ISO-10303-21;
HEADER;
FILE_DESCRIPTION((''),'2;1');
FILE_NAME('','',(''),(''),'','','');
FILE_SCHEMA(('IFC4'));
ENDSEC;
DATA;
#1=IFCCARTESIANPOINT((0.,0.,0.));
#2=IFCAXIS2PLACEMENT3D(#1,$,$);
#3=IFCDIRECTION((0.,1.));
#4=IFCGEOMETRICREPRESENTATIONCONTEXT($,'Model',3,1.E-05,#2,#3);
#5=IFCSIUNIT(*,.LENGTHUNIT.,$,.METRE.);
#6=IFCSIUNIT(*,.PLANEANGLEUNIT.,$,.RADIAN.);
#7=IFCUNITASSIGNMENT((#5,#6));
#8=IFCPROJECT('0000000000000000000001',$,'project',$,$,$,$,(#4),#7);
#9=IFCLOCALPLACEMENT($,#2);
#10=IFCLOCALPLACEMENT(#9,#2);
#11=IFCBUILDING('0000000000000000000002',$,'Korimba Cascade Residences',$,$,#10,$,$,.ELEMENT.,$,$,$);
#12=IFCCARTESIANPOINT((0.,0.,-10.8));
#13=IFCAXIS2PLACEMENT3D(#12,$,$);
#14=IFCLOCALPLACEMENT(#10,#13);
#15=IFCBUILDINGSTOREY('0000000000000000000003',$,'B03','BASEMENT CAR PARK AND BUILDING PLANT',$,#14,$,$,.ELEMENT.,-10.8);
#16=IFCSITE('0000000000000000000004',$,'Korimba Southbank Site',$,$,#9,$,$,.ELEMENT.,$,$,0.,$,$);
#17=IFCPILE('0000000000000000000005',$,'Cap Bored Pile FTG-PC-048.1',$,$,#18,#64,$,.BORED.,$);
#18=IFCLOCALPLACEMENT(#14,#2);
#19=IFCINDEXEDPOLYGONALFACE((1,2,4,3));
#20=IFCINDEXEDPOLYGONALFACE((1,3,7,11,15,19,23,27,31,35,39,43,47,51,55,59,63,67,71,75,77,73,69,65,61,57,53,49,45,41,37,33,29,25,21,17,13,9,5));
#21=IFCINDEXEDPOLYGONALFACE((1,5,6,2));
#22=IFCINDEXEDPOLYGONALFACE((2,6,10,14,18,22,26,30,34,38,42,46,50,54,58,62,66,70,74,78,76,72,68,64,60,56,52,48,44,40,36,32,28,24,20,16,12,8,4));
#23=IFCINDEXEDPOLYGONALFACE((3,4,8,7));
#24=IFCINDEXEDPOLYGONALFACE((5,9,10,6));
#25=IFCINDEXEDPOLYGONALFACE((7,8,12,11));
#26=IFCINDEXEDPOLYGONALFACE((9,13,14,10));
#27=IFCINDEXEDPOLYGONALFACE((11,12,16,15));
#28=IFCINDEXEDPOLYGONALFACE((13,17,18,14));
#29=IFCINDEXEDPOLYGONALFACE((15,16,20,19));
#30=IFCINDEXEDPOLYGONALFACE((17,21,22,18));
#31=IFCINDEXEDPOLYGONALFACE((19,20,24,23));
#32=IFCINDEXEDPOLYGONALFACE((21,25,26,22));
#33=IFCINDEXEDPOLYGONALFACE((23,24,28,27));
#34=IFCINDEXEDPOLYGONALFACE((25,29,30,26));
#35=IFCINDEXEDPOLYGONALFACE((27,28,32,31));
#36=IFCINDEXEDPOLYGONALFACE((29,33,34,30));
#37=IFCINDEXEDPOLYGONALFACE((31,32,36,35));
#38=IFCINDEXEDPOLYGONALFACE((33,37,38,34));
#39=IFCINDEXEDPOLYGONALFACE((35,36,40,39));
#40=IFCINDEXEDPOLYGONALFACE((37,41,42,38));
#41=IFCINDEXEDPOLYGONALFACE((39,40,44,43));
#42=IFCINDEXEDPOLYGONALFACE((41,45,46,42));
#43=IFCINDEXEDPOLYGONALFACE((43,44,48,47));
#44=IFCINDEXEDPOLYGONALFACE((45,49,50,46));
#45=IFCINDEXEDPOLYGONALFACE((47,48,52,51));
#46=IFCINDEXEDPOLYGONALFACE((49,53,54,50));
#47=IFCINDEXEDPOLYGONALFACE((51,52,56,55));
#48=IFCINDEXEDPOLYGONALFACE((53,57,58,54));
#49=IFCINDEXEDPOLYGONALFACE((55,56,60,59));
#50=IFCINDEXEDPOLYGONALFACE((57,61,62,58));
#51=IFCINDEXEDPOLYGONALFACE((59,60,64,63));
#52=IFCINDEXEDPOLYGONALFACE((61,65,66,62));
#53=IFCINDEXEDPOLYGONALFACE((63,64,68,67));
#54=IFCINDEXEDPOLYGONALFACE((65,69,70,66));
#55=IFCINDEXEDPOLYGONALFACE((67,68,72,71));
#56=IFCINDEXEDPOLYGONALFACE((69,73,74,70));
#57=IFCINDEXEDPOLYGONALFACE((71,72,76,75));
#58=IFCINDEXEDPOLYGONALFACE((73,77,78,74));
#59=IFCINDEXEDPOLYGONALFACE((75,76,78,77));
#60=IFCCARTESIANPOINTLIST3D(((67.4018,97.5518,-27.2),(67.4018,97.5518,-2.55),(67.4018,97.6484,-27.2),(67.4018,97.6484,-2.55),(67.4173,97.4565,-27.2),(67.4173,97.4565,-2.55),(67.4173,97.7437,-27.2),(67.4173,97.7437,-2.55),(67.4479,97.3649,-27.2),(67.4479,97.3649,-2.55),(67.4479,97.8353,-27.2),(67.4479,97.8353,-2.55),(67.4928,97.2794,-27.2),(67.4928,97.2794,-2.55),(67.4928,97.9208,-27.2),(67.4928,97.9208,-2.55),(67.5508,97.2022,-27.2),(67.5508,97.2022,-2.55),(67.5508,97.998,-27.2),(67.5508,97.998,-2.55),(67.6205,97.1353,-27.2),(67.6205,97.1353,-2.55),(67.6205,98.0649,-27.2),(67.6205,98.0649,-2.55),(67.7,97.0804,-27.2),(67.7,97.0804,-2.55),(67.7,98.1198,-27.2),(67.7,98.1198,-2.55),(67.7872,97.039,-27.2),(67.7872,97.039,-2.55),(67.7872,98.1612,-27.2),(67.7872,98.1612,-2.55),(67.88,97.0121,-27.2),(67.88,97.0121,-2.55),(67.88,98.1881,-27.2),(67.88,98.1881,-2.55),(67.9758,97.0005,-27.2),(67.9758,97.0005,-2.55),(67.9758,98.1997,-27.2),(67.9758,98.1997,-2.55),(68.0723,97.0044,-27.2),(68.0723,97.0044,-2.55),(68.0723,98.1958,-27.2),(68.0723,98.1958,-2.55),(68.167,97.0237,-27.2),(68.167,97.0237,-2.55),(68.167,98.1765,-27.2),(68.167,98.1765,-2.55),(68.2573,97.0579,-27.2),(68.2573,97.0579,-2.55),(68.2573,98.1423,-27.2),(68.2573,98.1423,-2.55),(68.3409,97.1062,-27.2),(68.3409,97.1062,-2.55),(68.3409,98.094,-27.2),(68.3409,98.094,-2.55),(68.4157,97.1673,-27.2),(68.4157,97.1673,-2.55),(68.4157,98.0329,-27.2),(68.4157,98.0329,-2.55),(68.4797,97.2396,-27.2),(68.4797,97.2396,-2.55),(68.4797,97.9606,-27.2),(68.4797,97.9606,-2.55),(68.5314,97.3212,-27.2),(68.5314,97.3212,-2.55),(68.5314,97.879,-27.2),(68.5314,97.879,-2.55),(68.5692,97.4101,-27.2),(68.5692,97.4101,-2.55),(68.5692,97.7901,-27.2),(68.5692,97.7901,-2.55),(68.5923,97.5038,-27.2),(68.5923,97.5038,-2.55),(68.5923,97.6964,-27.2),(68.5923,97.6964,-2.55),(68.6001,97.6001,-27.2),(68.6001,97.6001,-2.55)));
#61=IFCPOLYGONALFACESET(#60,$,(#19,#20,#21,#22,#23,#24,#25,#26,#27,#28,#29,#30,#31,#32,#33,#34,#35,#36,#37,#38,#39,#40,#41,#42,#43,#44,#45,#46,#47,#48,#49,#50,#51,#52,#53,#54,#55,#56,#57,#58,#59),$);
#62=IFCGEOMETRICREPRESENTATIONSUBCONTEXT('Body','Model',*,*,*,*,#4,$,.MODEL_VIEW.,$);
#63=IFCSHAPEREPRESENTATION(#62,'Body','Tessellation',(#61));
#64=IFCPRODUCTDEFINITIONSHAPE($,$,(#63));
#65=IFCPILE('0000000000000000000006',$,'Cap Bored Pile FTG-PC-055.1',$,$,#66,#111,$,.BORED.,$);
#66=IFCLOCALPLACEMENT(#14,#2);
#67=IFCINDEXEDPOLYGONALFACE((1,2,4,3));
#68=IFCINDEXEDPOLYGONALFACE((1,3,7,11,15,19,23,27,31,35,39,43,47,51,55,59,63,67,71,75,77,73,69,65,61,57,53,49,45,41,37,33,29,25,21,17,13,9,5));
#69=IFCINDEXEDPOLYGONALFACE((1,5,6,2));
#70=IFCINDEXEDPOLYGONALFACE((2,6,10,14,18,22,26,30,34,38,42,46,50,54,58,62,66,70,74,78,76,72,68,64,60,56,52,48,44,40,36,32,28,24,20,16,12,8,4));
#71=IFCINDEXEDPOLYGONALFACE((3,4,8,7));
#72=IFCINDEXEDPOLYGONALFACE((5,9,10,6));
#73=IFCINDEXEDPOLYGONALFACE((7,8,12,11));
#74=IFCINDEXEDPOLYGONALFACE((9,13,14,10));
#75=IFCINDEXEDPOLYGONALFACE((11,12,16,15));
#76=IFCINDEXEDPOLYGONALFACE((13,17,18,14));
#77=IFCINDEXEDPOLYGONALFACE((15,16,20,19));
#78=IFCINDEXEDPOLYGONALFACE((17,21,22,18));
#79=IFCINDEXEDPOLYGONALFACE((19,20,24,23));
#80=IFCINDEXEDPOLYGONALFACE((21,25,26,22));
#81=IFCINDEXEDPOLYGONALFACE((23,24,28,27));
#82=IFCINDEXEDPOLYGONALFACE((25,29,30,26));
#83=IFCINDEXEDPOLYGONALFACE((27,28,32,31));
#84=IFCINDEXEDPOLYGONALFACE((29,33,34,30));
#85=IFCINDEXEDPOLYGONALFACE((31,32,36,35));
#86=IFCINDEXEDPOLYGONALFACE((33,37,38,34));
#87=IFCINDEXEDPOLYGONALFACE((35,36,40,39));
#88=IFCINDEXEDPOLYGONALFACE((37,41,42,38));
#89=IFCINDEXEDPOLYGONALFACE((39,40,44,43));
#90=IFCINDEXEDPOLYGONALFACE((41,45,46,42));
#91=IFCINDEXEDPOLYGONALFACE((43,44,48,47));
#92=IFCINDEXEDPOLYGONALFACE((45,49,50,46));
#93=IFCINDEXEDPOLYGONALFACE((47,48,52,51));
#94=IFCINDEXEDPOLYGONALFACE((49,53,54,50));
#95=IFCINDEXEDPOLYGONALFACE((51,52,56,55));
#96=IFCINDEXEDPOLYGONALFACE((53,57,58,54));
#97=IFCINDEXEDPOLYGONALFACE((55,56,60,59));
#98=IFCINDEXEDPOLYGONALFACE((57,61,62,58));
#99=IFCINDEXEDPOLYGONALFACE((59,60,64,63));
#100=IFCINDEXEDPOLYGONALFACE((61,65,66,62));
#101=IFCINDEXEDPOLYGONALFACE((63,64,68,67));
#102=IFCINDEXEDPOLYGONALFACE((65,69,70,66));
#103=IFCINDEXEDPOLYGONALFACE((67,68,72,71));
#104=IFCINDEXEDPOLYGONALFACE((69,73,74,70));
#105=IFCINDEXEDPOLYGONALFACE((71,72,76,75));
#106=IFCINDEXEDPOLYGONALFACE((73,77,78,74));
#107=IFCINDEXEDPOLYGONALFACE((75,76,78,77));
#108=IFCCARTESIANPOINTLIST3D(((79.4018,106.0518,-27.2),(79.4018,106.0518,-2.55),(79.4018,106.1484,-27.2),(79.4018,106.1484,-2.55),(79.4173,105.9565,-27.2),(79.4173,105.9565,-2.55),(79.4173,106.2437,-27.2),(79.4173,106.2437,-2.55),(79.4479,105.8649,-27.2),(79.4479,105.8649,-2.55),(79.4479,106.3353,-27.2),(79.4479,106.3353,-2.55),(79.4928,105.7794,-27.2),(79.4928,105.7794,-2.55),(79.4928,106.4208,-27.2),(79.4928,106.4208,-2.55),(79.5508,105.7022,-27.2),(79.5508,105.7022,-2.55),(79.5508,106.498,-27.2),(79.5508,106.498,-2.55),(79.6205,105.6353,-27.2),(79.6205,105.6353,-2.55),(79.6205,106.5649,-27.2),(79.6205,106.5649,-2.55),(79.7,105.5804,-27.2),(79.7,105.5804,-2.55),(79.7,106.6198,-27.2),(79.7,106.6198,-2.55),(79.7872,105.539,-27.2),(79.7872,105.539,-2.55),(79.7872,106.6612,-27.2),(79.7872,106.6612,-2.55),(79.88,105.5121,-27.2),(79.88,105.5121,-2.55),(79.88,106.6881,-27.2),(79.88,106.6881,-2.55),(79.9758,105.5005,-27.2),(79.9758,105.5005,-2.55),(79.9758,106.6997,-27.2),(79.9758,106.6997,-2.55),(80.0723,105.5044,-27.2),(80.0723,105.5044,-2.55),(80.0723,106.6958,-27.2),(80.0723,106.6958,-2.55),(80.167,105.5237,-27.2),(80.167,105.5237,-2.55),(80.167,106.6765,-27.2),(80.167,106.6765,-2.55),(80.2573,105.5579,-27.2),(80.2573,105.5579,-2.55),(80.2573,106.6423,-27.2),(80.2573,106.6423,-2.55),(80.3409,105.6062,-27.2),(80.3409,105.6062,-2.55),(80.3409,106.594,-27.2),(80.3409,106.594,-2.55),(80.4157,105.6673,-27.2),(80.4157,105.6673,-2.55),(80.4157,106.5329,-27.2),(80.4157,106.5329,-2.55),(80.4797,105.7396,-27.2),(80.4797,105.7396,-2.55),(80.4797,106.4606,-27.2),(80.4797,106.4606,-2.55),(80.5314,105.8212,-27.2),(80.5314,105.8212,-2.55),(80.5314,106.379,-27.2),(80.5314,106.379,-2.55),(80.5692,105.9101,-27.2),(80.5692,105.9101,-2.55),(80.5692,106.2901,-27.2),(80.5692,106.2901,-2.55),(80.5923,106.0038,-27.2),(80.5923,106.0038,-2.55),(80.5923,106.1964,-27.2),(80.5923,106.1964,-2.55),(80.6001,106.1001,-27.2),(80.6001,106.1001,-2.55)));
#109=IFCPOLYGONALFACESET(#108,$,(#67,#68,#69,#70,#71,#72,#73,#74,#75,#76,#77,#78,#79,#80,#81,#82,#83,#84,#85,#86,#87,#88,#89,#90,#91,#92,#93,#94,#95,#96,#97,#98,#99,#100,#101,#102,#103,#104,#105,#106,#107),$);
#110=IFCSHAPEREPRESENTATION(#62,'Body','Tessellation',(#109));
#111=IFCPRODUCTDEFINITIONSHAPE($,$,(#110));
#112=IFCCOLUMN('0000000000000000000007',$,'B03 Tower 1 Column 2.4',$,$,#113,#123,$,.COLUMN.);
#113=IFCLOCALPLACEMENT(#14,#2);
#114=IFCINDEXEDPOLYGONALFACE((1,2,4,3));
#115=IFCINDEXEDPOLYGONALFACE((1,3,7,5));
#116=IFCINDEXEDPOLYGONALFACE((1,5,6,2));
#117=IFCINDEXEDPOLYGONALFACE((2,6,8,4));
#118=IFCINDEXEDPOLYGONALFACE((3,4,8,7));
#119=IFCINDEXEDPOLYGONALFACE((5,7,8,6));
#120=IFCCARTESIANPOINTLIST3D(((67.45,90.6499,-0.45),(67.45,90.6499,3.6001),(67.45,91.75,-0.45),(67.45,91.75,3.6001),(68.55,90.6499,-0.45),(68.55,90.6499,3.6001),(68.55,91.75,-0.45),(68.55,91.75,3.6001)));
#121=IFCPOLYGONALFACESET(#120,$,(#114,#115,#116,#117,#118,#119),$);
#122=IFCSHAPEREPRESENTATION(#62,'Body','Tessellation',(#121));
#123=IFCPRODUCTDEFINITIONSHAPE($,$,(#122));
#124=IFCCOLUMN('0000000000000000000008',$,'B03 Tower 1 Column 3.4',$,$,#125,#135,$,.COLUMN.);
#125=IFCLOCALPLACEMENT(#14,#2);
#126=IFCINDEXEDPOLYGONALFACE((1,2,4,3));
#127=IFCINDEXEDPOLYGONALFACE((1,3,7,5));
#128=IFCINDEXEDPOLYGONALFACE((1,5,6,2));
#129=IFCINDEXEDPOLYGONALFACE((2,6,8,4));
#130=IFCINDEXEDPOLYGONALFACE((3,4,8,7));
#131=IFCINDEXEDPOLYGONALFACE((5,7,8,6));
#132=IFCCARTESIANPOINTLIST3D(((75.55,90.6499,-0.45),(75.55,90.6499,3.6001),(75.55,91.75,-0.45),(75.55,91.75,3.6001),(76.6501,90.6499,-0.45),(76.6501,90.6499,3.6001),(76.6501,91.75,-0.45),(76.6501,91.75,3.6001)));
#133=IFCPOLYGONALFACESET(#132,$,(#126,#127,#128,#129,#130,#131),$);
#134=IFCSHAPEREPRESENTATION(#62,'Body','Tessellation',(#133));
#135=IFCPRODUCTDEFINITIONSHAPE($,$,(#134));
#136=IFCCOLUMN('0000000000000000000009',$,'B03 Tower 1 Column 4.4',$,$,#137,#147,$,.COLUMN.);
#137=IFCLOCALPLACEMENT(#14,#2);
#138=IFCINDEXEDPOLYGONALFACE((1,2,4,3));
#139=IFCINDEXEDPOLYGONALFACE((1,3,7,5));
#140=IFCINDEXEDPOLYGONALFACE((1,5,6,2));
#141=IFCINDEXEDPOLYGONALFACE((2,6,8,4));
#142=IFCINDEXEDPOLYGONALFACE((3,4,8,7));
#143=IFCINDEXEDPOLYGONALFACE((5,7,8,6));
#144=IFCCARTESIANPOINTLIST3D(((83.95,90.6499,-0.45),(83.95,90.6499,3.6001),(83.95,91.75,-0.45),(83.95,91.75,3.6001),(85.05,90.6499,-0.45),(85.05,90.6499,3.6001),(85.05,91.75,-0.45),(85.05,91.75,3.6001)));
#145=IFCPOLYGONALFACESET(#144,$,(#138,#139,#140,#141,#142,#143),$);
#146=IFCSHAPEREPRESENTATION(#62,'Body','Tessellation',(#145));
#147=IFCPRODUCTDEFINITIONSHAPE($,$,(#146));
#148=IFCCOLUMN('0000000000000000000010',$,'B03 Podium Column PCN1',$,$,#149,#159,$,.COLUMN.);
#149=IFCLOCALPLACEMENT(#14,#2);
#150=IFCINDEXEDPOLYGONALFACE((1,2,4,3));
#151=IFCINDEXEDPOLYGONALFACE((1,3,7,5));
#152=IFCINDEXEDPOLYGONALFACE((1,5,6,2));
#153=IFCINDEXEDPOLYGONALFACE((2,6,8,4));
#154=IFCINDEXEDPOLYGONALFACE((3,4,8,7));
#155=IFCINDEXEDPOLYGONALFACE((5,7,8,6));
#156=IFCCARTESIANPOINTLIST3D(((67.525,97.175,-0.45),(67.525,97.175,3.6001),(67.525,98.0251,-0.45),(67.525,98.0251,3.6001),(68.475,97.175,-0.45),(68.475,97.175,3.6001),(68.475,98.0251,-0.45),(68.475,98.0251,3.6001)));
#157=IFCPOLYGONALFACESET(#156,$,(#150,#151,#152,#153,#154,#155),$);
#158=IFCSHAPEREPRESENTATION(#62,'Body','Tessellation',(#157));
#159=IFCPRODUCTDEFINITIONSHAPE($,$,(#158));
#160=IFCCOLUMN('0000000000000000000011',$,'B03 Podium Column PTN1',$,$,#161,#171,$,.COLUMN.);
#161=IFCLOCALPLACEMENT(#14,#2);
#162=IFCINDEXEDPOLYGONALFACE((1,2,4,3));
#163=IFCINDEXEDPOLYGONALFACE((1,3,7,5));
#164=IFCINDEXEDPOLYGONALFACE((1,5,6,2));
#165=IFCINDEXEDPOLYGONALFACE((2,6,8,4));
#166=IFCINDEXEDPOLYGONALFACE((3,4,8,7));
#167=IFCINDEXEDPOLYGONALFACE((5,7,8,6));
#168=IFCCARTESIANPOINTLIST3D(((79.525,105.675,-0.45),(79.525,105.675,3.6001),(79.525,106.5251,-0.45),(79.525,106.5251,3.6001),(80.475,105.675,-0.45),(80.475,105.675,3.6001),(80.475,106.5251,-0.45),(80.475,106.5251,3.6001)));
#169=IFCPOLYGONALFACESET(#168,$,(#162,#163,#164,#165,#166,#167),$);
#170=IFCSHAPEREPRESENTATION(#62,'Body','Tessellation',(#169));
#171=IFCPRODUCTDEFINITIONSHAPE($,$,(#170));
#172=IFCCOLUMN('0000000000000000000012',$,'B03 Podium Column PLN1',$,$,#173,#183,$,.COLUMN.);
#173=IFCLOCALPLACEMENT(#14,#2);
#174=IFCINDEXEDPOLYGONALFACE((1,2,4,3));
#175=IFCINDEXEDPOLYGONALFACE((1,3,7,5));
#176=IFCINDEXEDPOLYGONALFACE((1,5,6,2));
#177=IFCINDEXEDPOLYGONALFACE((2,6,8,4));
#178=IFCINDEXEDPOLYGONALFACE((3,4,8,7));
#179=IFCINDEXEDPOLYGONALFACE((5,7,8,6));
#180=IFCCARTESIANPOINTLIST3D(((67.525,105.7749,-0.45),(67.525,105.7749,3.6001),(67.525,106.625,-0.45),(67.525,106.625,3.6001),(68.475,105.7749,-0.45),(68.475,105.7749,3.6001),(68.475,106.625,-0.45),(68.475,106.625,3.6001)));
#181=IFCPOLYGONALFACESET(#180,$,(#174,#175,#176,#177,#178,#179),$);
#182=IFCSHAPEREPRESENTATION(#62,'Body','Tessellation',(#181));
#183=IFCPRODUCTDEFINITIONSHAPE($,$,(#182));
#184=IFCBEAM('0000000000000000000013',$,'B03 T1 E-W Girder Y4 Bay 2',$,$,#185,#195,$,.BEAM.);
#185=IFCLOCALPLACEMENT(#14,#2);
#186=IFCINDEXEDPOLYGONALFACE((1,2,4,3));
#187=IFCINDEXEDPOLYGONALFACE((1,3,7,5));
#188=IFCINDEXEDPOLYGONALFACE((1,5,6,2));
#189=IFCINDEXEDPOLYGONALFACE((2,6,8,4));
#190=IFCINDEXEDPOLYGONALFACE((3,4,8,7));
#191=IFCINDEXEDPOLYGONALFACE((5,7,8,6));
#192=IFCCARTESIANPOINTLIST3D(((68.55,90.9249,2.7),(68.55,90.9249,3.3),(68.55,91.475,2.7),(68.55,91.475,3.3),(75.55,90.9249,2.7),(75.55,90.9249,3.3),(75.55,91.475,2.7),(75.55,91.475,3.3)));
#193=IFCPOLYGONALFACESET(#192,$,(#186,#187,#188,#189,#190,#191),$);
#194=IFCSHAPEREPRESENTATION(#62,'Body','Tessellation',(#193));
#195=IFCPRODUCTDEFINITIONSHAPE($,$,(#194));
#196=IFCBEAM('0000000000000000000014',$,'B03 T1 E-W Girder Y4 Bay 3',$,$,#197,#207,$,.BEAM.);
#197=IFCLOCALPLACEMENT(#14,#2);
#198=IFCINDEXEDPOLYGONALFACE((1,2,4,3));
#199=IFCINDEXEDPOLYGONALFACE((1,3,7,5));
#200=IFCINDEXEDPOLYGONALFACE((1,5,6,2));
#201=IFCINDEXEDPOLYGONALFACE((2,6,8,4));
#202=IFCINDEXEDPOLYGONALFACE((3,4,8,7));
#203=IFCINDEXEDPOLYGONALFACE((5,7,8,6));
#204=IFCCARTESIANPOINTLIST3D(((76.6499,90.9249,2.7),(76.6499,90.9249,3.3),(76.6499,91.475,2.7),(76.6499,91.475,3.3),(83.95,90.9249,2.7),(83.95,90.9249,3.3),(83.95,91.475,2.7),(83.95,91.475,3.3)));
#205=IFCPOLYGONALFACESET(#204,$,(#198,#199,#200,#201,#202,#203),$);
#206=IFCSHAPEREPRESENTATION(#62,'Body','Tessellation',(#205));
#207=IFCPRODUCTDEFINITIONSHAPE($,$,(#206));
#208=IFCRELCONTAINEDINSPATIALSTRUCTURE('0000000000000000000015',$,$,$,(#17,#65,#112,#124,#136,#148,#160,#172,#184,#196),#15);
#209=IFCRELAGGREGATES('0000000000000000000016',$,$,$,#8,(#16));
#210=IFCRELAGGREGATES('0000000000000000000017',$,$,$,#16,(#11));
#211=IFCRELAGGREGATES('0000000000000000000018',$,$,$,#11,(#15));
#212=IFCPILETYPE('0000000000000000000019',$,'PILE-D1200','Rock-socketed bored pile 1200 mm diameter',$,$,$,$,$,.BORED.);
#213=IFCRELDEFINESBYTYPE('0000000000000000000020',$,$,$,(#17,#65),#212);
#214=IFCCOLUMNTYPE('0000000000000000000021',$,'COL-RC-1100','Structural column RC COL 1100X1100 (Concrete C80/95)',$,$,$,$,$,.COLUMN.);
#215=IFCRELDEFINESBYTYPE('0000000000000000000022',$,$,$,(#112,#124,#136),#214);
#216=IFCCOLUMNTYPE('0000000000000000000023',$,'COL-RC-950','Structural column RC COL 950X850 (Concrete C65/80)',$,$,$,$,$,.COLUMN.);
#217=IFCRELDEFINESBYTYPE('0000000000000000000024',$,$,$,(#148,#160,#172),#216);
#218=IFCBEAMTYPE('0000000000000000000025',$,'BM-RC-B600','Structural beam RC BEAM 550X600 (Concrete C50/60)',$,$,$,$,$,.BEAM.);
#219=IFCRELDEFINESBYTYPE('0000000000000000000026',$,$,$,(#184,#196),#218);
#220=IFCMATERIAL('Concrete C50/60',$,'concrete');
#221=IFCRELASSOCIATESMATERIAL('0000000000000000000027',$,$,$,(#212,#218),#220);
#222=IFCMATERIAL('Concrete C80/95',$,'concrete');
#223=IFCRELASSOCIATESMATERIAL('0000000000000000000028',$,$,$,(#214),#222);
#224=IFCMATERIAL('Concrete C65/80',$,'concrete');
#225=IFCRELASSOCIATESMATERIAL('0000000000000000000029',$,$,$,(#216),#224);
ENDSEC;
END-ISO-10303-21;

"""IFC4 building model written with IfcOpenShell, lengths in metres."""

from ifc_helpers import new_model, si_unit, direction, frame, origin, origin_2d, place, context, subcontext, project, spatial, rectangle, circle, extrude, material, material_profile, profile_set, type_object, element, save


model = new_model("IFC4")

# Units and contexts
model_context = context("Model", 3, precision=1e-05, world=origin(), true_north=direction((0.0, 1.0)))
body_context = subcontext(model_context, "Body", "Model", "MODEL_VIEW")
ifc_project = project(units=[si_unit("LENGTHUNIT", "METRE"), si_unit("PLANEANGLEUNIT", "RADIAN")], contexts=[model_context])

# Site, building, storey
site_placement = place(None, origin())
site = spatial("IfcSite", under=ifc_project, at=site_placement, Name="Korimba Southbank Site", CompositionType="ELEMENT", RefElevation=0.0)
building_placement = place(site_placement, origin())
building = spatial("IfcBuilding", under=site, at=building_placement, Name="Korimba Cascade Residences", CompositionType="ELEMENT")
storey_placement = place(building_placement, frame((0.0, 0.0, -10.8)))
storey = spatial("IfcBuildingStorey", under=building, at=storey_placement, Name="B03", Description="BASEMENT CAR PARK AND BUILDING PLANT", CompositionType="ELEMENT", Elevation=-10.8)

# Piles
ifc_material_1 = material(Name="Concrete C50/60", Category="concrete")
ifc_material_profile_1 = material_profile(ifc_material_1, circle(Radius=0.6001, at=origin_2d()), Name="Concrete C50/60")
ifc_profile_set_1 = profile_set([ifc_material_profile_1], Name="Concrete C50/60")
pile_type = type_object("IfcPileType", Name="PILE-D1200", Description="Rock-socketed bored pile 1200 mm diameter", PredefinedType="BORED", material=ifc_profile_set_1)
for number, where, z_axis, x_axis, name in (
    (1, (68.0, 97.6001, -2.55), (0.0, 0.0, -1.0), (1.0, 0.0, 0.0), "Cap Bored Pile FTG-PC-048.1"),
    (2, (80.0, 106.1001, -2.55), (0.0, 0.0, -1.0), (1.0, 0.0, 0.0), "Cap Bored Pile FTG-PC-055.1"),
):
    element("IfcPile", number, at=place(storey_placement, frame(where, z_axis=z_axis, x_axis=x_axis)), inside=storey, type_object=pile_type, Name=name, PredefinedType="BORED", context=body_context, shape_type="SweptSolid", body=[
        extrude(circle(Radius=0.6001, at=origin_2d()), origin(), (0.0, 0.0, 1.0), 24.6499),
    ])

# Columns
ifc_material_2 = material(Name="Concrete C80/95", Category="concrete")
ifc_material_profile_2 = material_profile(ifc_material_2, rectangle(XDim=1.1001, YDim=1.1001, at=origin_2d()), Name="Concrete C80/95")
ifc_profile_set_2 = profile_set([ifc_material_profile_2], Name="Concrete C80/95")
column_type_1 = type_object("IfcColumnType", Name="COL-RC-1100", Description="Structural column RC COL 1100X1100 (Concrete C80/95)", PredefinedType="COLUMN", material=ifc_profile_set_2)
for number, where, z_axis, x_axis, name in (
    (3, (68.0, 91.2, -0.45), (0.0, 0.0, 1.0), (1.0, 0.0, 0.0), "B03 Tower 1 Column 2.4"),
    (4, (76.1001, 91.2, -0.45), (0.0, 0.0, 1.0), (1.0, 0.0, 0.0), "B03 Tower 1 Column 3.4"),
    (5, (84.5, 91.2, -0.45), (0.0, 0.0, 1.0), (1.0, 0.0, 0.0), "B03 Tower 1 Column 4.4"),
):
    element("IfcColumn", number, at=place(storey_placement, frame(where, z_axis=z_axis, x_axis=x_axis)), inside=storey, type_object=column_type_1, Name=name, PredefinedType="COLUMN", context=body_context, shape_type="SweptSolid", body=[
        extrude(rectangle(XDim=1.1001, YDim=1.1001, at=origin_2d()), origin(), (0.0, 0.0, 1.0), 4.05),
    ])
ifc_material_3 = material(Name="Concrete C65/80", Category="concrete")
ifc_material_profile_3 = material_profile(ifc_material_3, rectangle(XDim=0.95, YDim=0.8501, at=origin_2d()), Name="Concrete C65/80")
ifc_profile_set_3 = profile_set([ifc_material_profile_3], Name="Concrete C65/80")
column_type_2 = type_object("IfcColumnType", Name="COL-RC-950", Description="Structural column RC COL 950X850 (Concrete C65/80)", PredefinedType="COLUMN", material=ifc_profile_set_3)
for number, where, z_axis, x_axis, name in (
    (6, (68.0, 97.6001, -0.45), (0.0, 0.0, 1.0), (1.0, 0.0, 0.0), "B03 Podium Column PCN1"),
    (7, (80.0, 106.1001, -0.45), (0.0, 0.0, 1.0), (1.0, 0.0, 0.0), "B03 Podium Column PTN1"),
    (8, (68.0, 106.2, -0.45), (0.0, 0.0, 1.0), (1.0, 0.0, 0.0), "B03 Podium Column PLN1"),
):
    element("IfcColumn", number, at=place(storey_placement, frame(where, z_axis=z_axis, x_axis=x_axis)), inside=storey, type_object=column_type_2, Name=name, PredefinedType="COLUMN", context=body_context, shape_type="SweptSolid", body=[
        extrude(rectangle(XDim=0.95, YDim=0.8501, at=origin_2d()), origin(), (0.0, 0.0, 1.0), 4.05),
    ])

# Beams
ifc_material_profile_4 = material_profile(ifc_material_1, rectangle(XDim=0.55, YDim=0.6001, at=origin_2d()), Name="Concrete C50/60")
ifc_profile_set_4 = profile_set([ifc_material_profile_4], Name="Concrete C50/60")
beam_type_1 = type_object("IfcBeamType", Name="BM-RC-B600", Description="Structural beam RC BEAM 550X600 (Concrete C50/60)", PredefinedType="BEAM", material=ifc_profile_set_4)
beam_1_placement = place(storey_placement, frame((68.55, 91.2, 3.0), z_axis=(1.0, 0.0, 0.0), x_axis=(0.0, 1.0, 0.0)))
element("IfcBeam", 9, at=beam_1_placement, inside=storey, type_object=beam_type_1, Name="B03 T1 E-W Girder Y4 Bay 2", PredefinedType="BEAM", context=body_context, shape_type="SweptSolid", body=[
    extrude(rectangle(XDim=0.55, YDim=0.6001, at=origin_2d()), origin(), (0.0, 0.0, 1.0), 7.0),
])
beam_2_placement = place(storey_placement, frame((76.6499, 91.2, 3.0), z_axis=(1.0, 0.0, 0.0), x_axis=(0.0, 1.0, 0.0)))
element("IfcBeam", 10, at=beam_2_placement, inside=storey, type_object=beam_type_1, Name="B03 T1 E-W Girder Y4 Bay 3", PredefinedType="BEAM", context=body_context, shape_type="SweptSolid", body=[
    extrude(rectangle(XDim=0.55, YDim=0.6001, at=origin_2d()), origin(), (0.0, 0.0, 1.0), 7.3),
])

save(model, "model.ifc")
